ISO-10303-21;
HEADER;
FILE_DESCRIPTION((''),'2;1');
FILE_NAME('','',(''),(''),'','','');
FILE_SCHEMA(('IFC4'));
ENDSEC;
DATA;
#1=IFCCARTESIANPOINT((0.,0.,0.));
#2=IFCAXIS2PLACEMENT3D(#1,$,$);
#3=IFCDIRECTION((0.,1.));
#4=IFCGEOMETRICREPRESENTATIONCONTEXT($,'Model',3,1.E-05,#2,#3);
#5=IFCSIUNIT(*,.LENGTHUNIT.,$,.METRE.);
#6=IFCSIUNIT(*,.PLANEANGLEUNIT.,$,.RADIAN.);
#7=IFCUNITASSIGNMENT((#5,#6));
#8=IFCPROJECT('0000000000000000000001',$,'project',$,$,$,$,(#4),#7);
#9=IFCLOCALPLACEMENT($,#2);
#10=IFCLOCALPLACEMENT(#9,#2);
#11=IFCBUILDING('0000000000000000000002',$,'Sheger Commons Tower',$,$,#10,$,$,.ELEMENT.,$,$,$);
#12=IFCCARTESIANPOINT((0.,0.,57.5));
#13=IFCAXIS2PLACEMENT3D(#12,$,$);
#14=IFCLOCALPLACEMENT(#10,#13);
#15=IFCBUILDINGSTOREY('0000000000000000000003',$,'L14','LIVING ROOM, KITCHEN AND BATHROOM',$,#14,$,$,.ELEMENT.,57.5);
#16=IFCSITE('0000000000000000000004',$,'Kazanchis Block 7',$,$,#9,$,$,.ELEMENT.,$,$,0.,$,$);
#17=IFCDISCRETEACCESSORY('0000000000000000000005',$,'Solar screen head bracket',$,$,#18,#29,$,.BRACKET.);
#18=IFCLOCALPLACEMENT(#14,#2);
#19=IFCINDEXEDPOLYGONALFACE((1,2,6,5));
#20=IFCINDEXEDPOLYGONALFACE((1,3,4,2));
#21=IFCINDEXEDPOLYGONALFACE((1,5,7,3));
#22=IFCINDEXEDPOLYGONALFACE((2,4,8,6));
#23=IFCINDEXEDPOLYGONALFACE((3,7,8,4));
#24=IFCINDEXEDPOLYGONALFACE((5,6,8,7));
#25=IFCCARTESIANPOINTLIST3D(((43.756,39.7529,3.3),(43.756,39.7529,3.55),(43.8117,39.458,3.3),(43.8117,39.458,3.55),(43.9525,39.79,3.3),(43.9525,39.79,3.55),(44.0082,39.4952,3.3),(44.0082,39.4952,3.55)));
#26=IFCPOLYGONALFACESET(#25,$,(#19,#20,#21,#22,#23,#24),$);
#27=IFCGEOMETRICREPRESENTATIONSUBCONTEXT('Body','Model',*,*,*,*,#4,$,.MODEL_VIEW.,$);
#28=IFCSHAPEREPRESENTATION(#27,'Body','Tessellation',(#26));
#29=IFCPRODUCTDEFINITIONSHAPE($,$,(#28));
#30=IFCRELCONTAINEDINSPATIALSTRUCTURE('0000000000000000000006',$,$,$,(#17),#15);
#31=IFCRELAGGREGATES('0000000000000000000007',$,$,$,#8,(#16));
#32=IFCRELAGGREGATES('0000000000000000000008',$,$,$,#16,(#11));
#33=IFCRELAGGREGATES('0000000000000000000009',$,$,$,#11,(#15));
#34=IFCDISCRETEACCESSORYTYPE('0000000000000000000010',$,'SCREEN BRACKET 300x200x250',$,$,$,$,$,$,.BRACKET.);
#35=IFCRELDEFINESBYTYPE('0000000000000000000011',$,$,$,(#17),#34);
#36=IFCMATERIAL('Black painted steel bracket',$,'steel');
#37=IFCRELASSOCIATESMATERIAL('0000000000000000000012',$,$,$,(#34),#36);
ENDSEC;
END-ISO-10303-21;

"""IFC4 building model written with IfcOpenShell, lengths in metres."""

from ifc_helpers import new_model, si_unit, direction, frame, origin, origin_2d, place, context, subcontext, project, spatial, rectangle, extrude, material, type_object, element, save


model = new_model("IFC4")

# Units and contexts
model_context = context("Model", 3, precision=1e-05, world=origin(), true_north=direction((0.0, 1.0)))
body_context = subcontext(model_context, "Body", "Model", "MODEL_VIEW")
ifc_project = project(units=[si_unit("LENGTHUNIT", "METRE"), si_unit("PLANEANGLEUNIT", "RADIAN")], contexts=[model_context])

# Site, building, storey
site_placement = place(None, origin())
site = spatial("IfcSite", under=ifc_project, at=site_placement, Name="Kazanchis Block 7", CompositionType="ELEMENT", RefElevation=0.0)
building_placement = place(site_placement, origin())
building = spatial("IfcBuilding", under=site, at=building_placement, Name="Sheger Commons Tower", CompositionType="ELEMENT")
storey_placement = place(building_placement, frame((0.0, 0.0, 57.5)))
storey = spatial("IfcBuildingStorey", under=building, at=storey_placement, Name="L14", Description="LIVING ROOM, KITCHEN AND BATHROOM", CompositionType="ELEMENT", Elevation=57.5)

# Discrete accessory
ifc_material_1 = material(Name="Black painted steel bracket", Category="steel")
discrete_accessory_type = type_object("IfcDiscreteAccessoryType", Name="SCREEN BRACKET 300x200x250", PredefinedType="BRACKET", material=ifc_material_1)
for number, where, z_axis, x_axis, name in (
    (1, (43.8821, 39.624, 3.3), (0.0, 0.0, 1.0), (-0.185615, 0.982623, 0.0), "Solar screen head bracket"),
):
    element("IfcDiscreteAccessory", number, at=place(storey_placement, frame(where, z_axis=z_axis, x_axis=x_axis)), inside=storey, type_object=discrete_accessory_type, Name=name, PredefinedType="BRACKET", context=body_context, shape_type="SweptSolid", body=[
        extrude(rectangle(XDim=0.3, YDim=0.2, at=origin_2d()), origin(), (0.0, 0.0, 1.0), 0.25),
    ])

save(model, "model.ifc")
